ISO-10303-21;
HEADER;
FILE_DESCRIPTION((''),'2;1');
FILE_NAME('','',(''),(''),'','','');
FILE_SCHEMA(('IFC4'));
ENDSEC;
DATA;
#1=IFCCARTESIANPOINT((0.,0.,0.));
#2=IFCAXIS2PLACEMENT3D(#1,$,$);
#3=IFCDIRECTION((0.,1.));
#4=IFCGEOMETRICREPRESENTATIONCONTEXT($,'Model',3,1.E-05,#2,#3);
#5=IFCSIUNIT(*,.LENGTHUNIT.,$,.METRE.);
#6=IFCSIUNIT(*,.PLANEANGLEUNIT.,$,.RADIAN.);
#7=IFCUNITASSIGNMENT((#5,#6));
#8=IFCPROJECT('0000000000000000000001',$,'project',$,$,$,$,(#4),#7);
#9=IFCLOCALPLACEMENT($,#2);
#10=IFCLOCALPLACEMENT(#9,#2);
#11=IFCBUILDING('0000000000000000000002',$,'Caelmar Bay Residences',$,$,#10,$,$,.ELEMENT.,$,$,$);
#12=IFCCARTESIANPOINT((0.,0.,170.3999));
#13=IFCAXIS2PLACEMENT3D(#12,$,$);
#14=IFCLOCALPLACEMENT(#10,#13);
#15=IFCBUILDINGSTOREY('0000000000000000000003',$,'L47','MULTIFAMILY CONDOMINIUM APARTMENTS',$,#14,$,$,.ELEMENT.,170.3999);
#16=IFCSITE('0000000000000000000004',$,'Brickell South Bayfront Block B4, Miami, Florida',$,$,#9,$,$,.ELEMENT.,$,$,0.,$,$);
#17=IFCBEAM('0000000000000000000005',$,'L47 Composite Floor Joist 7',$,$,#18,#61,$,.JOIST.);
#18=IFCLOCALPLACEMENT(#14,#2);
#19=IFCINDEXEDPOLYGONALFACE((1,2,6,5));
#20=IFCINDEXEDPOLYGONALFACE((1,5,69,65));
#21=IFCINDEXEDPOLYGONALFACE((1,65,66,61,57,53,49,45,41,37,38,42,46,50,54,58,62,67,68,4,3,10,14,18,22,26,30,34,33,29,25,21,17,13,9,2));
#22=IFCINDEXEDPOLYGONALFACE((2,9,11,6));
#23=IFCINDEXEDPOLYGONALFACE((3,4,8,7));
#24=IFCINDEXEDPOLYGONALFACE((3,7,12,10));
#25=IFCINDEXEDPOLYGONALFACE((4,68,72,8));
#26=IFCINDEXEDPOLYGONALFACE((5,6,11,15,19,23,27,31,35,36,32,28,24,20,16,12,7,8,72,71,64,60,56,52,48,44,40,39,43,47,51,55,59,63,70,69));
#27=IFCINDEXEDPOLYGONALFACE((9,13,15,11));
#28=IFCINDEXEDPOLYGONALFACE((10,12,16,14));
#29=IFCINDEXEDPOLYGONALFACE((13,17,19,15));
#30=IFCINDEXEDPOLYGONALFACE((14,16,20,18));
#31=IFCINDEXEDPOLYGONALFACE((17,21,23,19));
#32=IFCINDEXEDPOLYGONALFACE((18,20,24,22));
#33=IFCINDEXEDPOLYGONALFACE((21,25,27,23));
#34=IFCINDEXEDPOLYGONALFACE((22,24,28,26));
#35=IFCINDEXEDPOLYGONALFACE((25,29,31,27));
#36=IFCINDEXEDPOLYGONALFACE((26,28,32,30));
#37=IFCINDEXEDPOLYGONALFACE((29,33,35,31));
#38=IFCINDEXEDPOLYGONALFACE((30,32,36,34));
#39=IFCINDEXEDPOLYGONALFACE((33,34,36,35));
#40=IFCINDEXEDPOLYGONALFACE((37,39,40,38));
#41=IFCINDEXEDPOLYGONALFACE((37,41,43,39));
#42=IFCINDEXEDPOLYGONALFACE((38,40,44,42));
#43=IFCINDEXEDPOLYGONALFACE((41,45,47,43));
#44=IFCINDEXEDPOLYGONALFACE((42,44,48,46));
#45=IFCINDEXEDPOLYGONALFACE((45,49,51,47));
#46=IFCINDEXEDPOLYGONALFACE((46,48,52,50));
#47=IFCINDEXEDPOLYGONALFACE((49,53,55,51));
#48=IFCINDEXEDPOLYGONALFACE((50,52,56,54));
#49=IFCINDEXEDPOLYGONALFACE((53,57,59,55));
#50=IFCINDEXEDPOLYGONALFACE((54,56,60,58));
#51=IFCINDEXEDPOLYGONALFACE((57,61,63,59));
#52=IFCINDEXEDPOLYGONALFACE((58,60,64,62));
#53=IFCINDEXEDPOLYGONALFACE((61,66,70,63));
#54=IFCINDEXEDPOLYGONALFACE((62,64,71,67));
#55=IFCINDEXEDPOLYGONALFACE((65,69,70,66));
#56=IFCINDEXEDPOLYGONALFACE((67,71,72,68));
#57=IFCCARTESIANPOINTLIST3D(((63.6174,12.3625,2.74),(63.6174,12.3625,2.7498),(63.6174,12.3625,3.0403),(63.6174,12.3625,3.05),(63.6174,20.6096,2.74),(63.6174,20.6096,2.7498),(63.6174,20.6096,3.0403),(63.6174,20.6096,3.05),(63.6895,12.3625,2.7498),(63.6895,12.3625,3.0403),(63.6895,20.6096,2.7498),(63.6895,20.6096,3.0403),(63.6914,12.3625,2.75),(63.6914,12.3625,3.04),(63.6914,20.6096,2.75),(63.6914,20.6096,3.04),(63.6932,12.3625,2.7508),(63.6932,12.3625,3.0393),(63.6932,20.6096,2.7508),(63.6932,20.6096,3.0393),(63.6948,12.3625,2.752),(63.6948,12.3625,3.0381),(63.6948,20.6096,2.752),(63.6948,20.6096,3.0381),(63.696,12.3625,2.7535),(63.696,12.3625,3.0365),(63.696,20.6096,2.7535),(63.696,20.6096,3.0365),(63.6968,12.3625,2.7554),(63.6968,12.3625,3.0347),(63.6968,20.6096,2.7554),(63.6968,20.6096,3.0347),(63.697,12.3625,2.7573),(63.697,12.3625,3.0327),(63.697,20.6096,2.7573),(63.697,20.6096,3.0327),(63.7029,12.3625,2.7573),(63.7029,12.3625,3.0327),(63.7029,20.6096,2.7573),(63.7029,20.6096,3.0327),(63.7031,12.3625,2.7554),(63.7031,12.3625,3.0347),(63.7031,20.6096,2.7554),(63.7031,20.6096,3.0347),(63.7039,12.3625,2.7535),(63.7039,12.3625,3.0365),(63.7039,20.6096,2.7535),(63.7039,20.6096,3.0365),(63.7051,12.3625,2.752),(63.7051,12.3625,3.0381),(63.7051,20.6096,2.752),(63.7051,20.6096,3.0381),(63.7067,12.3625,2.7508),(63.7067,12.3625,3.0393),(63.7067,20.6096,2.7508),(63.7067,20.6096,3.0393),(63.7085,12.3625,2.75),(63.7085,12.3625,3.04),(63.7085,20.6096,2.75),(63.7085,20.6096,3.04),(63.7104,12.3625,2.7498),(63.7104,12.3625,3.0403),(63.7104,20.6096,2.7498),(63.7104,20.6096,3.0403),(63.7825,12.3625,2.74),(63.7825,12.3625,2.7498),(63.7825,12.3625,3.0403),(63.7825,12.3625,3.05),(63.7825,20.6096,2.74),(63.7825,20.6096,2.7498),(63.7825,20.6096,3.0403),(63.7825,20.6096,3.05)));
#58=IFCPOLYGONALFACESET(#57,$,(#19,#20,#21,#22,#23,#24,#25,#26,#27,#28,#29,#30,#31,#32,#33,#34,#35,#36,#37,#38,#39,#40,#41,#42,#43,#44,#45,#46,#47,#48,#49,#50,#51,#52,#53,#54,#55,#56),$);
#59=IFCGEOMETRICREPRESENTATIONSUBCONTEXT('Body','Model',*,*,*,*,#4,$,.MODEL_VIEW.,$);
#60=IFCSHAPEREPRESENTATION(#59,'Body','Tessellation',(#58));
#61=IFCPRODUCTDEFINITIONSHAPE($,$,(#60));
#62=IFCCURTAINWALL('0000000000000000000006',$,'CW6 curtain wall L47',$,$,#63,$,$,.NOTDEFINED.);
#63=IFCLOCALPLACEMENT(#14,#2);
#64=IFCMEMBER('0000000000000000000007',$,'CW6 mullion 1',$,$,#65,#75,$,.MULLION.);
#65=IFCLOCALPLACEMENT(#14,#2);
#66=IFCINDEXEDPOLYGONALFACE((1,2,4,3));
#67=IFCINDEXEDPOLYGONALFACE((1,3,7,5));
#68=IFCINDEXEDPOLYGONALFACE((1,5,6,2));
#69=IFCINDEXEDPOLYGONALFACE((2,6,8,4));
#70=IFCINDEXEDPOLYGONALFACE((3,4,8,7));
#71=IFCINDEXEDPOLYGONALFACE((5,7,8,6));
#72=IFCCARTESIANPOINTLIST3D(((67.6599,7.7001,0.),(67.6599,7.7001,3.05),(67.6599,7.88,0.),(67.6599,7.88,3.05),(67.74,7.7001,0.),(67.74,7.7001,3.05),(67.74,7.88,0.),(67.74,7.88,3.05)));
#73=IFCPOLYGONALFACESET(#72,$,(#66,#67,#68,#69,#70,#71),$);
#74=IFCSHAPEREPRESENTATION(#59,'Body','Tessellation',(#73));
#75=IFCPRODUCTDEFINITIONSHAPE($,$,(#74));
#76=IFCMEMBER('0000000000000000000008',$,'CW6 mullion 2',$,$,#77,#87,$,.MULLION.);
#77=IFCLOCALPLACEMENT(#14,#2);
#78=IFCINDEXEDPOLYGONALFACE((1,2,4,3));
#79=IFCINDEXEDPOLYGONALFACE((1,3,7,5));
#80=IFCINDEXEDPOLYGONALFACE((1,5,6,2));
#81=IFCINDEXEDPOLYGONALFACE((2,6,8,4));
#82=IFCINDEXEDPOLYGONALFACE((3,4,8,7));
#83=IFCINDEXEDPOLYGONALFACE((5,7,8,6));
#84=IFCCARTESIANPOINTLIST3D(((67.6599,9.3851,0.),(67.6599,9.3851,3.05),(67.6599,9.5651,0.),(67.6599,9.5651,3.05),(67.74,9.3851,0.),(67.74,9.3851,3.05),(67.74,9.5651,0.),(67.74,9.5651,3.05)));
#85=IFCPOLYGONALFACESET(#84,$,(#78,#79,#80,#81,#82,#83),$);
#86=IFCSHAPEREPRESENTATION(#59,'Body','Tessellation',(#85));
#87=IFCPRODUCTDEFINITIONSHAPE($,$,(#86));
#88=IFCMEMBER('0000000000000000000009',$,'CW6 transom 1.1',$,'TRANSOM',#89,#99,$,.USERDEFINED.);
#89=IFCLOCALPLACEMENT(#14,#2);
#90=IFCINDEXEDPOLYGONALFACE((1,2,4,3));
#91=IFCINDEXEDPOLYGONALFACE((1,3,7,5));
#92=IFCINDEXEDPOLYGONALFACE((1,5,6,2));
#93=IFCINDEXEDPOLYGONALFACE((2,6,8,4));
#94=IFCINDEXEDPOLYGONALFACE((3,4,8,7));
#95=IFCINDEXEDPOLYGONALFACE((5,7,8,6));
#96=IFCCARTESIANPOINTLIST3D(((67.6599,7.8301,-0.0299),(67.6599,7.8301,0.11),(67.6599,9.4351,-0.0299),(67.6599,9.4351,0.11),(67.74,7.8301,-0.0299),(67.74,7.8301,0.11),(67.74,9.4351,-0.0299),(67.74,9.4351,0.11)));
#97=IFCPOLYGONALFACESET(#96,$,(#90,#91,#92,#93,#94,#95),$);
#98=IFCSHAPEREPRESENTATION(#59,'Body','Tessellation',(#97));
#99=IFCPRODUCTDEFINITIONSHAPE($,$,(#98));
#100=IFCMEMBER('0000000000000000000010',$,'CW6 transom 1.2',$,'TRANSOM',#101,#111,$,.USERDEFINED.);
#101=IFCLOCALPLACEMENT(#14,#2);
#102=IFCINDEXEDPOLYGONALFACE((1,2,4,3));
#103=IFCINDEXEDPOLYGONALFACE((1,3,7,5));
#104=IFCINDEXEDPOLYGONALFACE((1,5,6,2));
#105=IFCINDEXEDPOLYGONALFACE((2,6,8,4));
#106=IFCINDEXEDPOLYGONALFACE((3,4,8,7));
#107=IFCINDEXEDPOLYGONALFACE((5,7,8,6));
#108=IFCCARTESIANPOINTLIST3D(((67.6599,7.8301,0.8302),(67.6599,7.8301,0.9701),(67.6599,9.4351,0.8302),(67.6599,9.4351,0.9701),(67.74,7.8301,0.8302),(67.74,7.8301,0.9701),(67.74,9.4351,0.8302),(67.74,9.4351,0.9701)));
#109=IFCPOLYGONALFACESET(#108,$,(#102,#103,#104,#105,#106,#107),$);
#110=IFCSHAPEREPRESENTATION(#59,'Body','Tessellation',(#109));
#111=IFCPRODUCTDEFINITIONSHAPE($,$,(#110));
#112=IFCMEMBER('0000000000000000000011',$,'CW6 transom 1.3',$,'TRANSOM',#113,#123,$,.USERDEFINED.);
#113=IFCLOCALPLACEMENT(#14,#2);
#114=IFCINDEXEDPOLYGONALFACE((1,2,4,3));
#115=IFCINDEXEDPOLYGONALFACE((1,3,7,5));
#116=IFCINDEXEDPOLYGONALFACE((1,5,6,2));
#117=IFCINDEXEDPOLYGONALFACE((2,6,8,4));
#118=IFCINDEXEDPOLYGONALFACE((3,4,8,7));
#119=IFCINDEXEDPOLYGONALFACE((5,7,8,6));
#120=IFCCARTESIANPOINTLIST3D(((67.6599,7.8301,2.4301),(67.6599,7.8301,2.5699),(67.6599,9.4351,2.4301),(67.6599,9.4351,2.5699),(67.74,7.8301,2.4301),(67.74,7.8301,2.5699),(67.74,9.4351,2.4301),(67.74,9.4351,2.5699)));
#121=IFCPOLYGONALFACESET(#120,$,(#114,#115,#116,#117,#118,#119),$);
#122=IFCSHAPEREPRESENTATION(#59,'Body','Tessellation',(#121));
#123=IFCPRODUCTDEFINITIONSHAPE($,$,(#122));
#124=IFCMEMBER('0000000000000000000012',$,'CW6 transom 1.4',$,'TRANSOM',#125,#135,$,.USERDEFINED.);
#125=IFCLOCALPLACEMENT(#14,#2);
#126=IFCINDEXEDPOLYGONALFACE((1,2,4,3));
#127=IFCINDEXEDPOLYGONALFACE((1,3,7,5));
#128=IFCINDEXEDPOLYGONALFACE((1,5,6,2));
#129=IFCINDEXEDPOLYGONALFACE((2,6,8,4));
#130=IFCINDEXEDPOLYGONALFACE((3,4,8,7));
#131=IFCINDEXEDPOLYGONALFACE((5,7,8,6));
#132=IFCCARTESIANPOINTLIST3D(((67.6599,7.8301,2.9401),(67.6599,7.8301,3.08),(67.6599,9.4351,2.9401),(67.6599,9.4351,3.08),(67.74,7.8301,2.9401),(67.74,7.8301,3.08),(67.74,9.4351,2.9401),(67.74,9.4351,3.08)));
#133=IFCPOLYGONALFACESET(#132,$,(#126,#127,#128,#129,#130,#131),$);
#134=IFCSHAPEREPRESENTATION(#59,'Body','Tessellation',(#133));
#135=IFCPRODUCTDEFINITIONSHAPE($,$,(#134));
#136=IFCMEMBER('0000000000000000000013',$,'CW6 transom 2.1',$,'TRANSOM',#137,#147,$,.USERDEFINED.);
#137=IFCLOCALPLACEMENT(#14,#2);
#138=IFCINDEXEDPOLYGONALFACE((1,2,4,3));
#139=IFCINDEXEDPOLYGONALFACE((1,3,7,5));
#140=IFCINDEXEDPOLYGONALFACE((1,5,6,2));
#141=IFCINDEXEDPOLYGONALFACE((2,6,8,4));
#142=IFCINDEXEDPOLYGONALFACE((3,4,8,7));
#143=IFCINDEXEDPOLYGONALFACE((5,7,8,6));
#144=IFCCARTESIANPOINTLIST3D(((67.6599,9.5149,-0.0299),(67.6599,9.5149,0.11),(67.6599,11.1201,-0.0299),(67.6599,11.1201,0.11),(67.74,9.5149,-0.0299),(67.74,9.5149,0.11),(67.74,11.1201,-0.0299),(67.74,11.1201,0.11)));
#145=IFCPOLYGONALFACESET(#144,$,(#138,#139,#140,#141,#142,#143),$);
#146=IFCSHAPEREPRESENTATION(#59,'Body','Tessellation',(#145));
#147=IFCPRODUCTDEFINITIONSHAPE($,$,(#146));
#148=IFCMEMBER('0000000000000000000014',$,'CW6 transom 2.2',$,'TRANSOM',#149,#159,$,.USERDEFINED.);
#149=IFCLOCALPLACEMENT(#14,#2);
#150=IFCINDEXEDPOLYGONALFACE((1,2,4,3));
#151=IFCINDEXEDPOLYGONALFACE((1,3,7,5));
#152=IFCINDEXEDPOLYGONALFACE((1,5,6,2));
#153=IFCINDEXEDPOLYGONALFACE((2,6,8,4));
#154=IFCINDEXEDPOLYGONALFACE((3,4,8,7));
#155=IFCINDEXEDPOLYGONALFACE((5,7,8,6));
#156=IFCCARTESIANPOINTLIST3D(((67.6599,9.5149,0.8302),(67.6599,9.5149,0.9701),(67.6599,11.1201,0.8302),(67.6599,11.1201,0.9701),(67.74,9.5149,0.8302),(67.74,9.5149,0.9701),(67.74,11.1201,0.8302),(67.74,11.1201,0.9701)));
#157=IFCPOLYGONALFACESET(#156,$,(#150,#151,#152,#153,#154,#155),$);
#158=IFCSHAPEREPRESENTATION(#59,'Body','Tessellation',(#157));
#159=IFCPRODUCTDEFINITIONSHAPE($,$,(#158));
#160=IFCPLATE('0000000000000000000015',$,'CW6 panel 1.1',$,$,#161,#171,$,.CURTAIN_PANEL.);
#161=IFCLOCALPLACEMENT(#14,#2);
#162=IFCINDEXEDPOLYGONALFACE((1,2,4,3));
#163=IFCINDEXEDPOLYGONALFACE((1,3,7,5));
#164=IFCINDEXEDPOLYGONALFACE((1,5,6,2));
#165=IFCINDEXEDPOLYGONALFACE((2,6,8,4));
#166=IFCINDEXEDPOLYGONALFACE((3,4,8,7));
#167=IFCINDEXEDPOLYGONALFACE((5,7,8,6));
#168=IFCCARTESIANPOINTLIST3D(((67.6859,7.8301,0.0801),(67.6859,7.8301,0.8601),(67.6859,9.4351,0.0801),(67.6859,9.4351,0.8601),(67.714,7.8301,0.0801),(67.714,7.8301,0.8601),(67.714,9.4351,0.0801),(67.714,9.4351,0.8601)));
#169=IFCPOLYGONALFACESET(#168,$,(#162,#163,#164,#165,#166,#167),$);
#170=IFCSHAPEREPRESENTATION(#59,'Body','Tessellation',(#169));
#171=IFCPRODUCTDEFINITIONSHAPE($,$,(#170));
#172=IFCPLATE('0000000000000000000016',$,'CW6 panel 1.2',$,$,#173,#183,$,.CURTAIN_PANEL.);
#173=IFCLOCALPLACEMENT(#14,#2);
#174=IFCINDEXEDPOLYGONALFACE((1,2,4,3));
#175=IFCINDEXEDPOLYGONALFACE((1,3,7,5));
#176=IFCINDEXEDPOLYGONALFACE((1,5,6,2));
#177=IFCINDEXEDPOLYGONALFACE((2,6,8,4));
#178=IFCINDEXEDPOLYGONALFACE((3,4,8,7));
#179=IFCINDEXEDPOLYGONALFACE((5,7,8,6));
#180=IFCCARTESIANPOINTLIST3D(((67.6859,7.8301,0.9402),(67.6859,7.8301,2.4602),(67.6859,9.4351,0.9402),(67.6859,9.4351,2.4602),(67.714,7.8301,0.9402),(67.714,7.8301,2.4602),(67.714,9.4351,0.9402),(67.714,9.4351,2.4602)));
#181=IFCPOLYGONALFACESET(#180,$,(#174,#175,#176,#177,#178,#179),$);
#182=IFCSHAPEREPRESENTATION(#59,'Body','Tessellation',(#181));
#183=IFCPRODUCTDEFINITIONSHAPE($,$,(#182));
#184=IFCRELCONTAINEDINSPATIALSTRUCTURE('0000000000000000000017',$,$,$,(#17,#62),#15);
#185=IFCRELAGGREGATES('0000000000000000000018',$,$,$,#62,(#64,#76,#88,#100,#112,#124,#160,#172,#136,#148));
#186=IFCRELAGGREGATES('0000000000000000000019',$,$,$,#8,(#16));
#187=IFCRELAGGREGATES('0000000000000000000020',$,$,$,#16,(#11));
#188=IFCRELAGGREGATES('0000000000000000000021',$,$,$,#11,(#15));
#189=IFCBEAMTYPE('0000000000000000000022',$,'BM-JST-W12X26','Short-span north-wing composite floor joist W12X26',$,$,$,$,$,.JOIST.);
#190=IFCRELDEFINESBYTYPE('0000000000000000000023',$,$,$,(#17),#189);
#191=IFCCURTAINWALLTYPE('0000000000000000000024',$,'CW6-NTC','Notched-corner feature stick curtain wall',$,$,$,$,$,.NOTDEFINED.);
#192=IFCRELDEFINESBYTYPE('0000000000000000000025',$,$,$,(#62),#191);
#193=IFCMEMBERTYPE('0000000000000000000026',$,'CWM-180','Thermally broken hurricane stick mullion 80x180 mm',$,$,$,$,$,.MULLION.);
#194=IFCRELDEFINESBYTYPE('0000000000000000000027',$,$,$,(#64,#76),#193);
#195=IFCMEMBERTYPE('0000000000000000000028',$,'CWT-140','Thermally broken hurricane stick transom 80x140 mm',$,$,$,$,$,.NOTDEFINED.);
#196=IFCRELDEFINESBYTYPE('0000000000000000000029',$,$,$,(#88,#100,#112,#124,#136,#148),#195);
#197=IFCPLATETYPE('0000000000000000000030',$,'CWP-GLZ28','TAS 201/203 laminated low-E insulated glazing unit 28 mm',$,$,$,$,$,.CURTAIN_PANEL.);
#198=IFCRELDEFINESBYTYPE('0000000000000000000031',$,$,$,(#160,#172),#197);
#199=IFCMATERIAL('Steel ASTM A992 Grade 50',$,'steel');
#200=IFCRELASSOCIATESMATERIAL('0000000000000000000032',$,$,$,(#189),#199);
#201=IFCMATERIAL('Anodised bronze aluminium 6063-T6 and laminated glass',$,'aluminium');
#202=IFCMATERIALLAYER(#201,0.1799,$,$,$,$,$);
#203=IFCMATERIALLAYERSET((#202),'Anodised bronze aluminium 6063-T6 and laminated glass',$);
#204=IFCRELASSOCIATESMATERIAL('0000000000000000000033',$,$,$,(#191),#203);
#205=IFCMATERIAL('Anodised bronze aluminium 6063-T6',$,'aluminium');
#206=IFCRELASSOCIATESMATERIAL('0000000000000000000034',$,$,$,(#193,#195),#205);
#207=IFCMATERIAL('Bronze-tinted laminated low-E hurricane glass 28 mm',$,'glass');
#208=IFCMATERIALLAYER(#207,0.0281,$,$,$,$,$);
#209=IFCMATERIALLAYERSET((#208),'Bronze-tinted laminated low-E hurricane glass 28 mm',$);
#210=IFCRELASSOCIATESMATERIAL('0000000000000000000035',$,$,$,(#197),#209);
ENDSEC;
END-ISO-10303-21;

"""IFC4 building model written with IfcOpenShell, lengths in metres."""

from ifc_helpers import new_model, si_unit, direction, frame, origin, origin_2d, place, context, subcontext, project, spatial, rectangle, i_section, extrude, material, layer, layer_set, material_profile, profile_set, type_object, element, aggregate, save


model = new_model("IFC4")

# Units and contexts
model_context = context("Model", 3, precision=1e-05, world=origin(), true_north=direction((0.0, 1.0)))
body_context = subcontext(model_context, "Body", "Model", "MODEL_VIEW")
ifc_project = project(units=[si_unit("LENGTHUNIT", "METRE"), si_unit("PLANEANGLEUNIT", "RADIAN")], contexts=[model_context])

# Site, building, storey
site_placement = place(None, origin())
site = spatial("IfcSite", under=ifc_project, at=site_placement, Name="Brickell South Bayfront Block B4, Miami, Florida", CompositionType="ELEMENT", RefElevation=0.0)
building_placement = place(site_placement, origin())
building = spatial("IfcBuilding", under=site, at=building_placement, Name="Caelmar Bay Residences", CompositionType="ELEMENT")
storey_placement = place(building_placement, frame((0.0, 0.0, 170.3999)))
storey = spatial("IfcBuildingStorey", under=building, at=storey_placement, Name="L47", Description="MULTIFAMILY CONDOMINIUM APARTMENTS", CompositionType="ELEMENT", Elevation=170.3999)

# Beam
ifc_material_1 = material(Name="Steel ASTM A992 Grade 50", Category="steel")
ifc_material_profile_1 = material_profile(ifc_material_1, i_section(OverallWidth=0.165, OverallDepth=0.3101, WebThickness=0.0059, FlangeThickness=0.0098, FilletRadius=0.0076, at=origin_2d()), Name="W12X26")
ifc_profile_set_1 = profile_set([ifc_material_profile_1], Name="Steel ASTM A992 Grade 50")
beam_type = type_object("IfcBeamType", Name="BM-JST-W12X26", Description="Short-span north-wing composite floor joist W12X26", PredefinedType="JOIST", material=ifc_profile_set_1)
beam_placement = place(storey_placement, frame((63.7, 12.3625, 2.895), z_axis=(0.0, 1.0, 0.0), x_axis=(-1.0, 0.0, 0.0)))
element("IfcBeam", 1, at=beam_placement, inside=storey, type_object=beam_type, Name="L47 Composite Floor Joist 7", PredefinedType="JOIST", context=body_context, shape_type="SweptSolid", body=[
    extrude(i_section(OverallWidth=0.165, OverallDepth=0.3101, WebThickness=0.0059, FlangeThickness=0.0098, FilletRadius=0.0076, at=origin_2d()), origin(), (0.0, 0.0, 1.0), 8.2471),
])

# Curtain wall, members, plates
ifc_material_2 = material(Name="Anodised bronze aluminium 6063-T6 and laminated glass", Category="aluminium")
ifc_layer_1 = layer(ifc_material_2, 0.1799)
ifc_layer_set_1 = layer_set([ifc_layer_1], Name="Anodised bronze aluminium 6063-T6 and laminated glass")
curtain_wall_type = type_object("IfcCurtainWallType", Name="CW6-NTC", Description="Notched-corner feature stick curtain wall", PredefinedType="NOTDEFINED", material=ifc_layer_set_1)
curtain_wall_placement = place(storey_placement, origin())
curtain_wall = element("IfcCurtainWall", 2, at=curtain_wall_placement, inside=storey, type_object=curtain_wall_type, Name="CW6 curtain wall L47", PredefinedType="NOTDEFINED")
ifc_material_3 = material(Name="Anodised bronze aluminium 6063-T6", Category="aluminium")
ifc_material_profile_2 = material_profile(ifc_material_3, rectangle(XDim=0.0801, YDim=0.1799, at=origin_2d()), Name="CWM-80X180")
ifc_profile_set_2 = profile_set([ifc_material_profile_2], Name="Anodised bronze aluminium 6063-T6")
member_type_1 = type_object("IfcMemberType", Name="CWM-180", Description="Thermally broken hurricane stick mullion 80x180 mm", PredefinedType="MULLION", material=ifc_profile_set_2)
member_1_placement = place(storey_placement, frame((67.7, 7.79, 0.0), z_axis=(0.0, 0.0, 1.0), x_axis=(-1.0, 0.0, 0.0)))
member_1 = element("IfcMember", 3, at=member_1_placement, type_object=member_type_1, Name="CW6 mullion 1", PredefinedType="MULLION", context=body_context, shape_type="SweptSolid", body=[
    extrude(rectangle(XDim=0.0801, YDim=0.1799, at=origin_2d()), origin(), (0.0, 0.0, 1.0), 3.05),
])
member_2_placement = place(storey_placement, frame((67.7, 9.4751, 0.0), z_axis=(0.0, 0.0, 1.0), x_axis=(-1.0, 0.0, 0.0)))
member_2 = element("IfcMember", 4, at=member_2_placement, type_object=member_type_1, Name="CW6 mullion 2", PredefinedType="MULLION", context=body_context, shape_type="SweptSolid", body=[
    extrude(rectangle(XDim=0.0801, YDim=0.1799, at=origin_2d()), origin(), (0.0, 0.0, 1.0), 3.05),
])
ifc_material_profile_3 = material_profile(ifc_material_3, rectangle(XDim=0.0801, YDim=0.1399, at=origin_2d()), Name="CWT-80X140")
ifc_profile_set_3 = profile_set([ifc_material_profile_3], Name="Anodised bronze aluminium 6063-T6")
member_type_2 = type_object("IfcMemberType", Name="CWT-140", Description="Thermally broken hurricane stick transom 80x140 mm", PredefinedType="NOTDEFINED", material=ifc_profile_set_3)
member_3_placement = place(storey_placement, frame((67.7, 7.8301, 0.04), z_axis=(0.0, 1.0, 0.0), x_axis=(-1.0, 0.0, 0.0)))
member_3 = element("IfcMember", 5, at=member_3_placement, type_object=member_type_2, Name="CW6 transom 1.1", ObjectType="TRANSOM", PredefinedType="USERDEFINED", context=body_context, shape_type="SweptSolid", body=[
    extrude(rectangle(XDim=0.0801, YDim=0.1399, at=origin_2d()), origin(), (0.0, 0.0, 1.0), 1.605),
])
member_4_placement = place(storey_placement, frame((67.7, 7.8301, 0.9001), z_axis=(0.0, 1.0, 0.0), x_axis=(-1.0, 0.0, 0.0)))
member_4 = element("IfcMember", 6, at=member_4_placement, type_object=member_type_2, Name="CW6 transom 1.2", ObjectType="TRANSOM", PredefinedType="USERDEFINED", context=body_context, shape_type="SweptSolid", body=[
    extrude(rectangle(XDim=0.0801, YDim=0.1399, at=origin_2d()), origin(), (0.0, 0.0, 1.0), 1.605),
])
member_5_placement = place(storey_placement, frame((67.7, 7.8301, 2.5), z_axis=(0.0, 1.0, 0.0), x_axis=(-1.0, 0.0, 0.0)))
member_5 = element("IfcMember", 7, at=member_5_placement, type_object=member_type_2, Name="CW6 transom 1.3", ObjectType="TRANSOM", PredefinedType="USERDEFINED", context=body_context, shape_type="SweptSolid", body=[
    extrude(rectangle(XDim=0.0801, YDim=0.1399, at=origin_2d()), origin(), (0.0, 0.0, 1.0), 1.605),
])
member_6_placement = place(storey_placement, frame((67.7, 7.8301, 3.01), z_axis=(0.0, 1.0, 0.0), x_axis=(-1.0, 0.0, 0.0)))
member_6 = element("IfcMember", 8, at=member_6_placement, type_object=member_type_2, Name="CW6 transom 1.4", ObjectType="TRANSOM", PredefinedType="USERDEFINED", context=body_context, shape_type="SweptSolid", body=[
    extrude(rectangle(XDim=0.0801, YDim=0.1399, at=origin_2d()), origin(), (0.0, 0.0, 1.0), 1.605),
])
member_7_placement = place(storey_placement, frame((67.7, 9.5149, 0.04), z_axis=(0.0, 1.0, 0.0), x_axis=(-1.0, 0.0, 0.0)))
member_7 = element("IfcMember", 9, at=member_7_placement, type_object=member_type_2, Name="CW6 transom 2.1", ObjectType="TRANSOM", PredefinedType="USERDEFINED", context=body_context, shape_type="SweptSolid", body=[
    extrude(rectangle(XDim=0.0801, YDim=0.1399, at=origin_2d()), origin(), (0.0, 0.0, 1.0), 1.6052),
])
member_8_placement = place(storey_placement, frame((67.7, 9.5149, 0.9001), z_axis=(0.0, 1.0, 0.0), x_axis=(-1.0, 0.0, 0.0)))
member_8 = element("IfcMember", 10, at=member_8_placement, type_object=member_type_2, Name="CW6 transom 2.2", ObjectType="TRANSOM", PredefinedType="USERDEFINED", context=body_context, shape_type="SweptSolid", body=[
    extrude(rectangle(XDim=0.0801, YDim=0.1399, at=origin_2d()), origin(), (0.0, 0.0, 1.0), 1.6052),
])
ifc_material_4 = material(Name="Bronze-tinted laminated low-E hurricane glass 28 mm", Category="glass")
ifc_layer_2 = layer(ifc_material_4, 0.0281)
ifc_layer_set_2 = layer_set([ifc_layer_2], Name="Bronze-tinted laminated low-E hurricane glass 28 mm")
plate_type = type_object("IfcPlateType", Name="CWP-GLZ28", Description="TAS 201/203 laminated low-E insulated glazing unit 28 mm", PredefinedType="CURTAIN_PANEL", material=ifc_layer_set_2)
plate_1_placement = place(storey_placement, frame((67.7, 8.6326, 0.0801), z_axis=(0.0, 0.0, 1.0), x_axis=(0.0, 1.0, 0.0)))
plate_1 = element("IfcPlate", 11, at=plate_1_placement, type_object=plate_type, Name="CW6 panel 1.1", PredefinedType="CURTAIN_PANEL", context=body_context, shape_type="SweptSolid", body=[
    extrude(rectangle(XDim=1.605, YDim=0.0281, at=origin_2d()), origin(), (0.0, 0.0, 1.0), 0.78),
])
plate_2_placement = place(storey_placement, frame((67.7, 8.6326, 0.9402), z_axis=(0.0, 0.0, 1.0), x_axis=(0.0, 1.0, 0.0)))
plate_2 = element("IfcPlate", 12, at=plate_2_placement, type_object=plate_type, Name="CW6 panel 1.2", PredefinedType="CURTAIN_PANEL", context=body_context, shape_type="SweptSolid", body=[
    extrude(rectangle(XDim=1.605, YDim=0.0281, at=origin_2d()), origin(), (0.0, 0.0, 1.0), 1.52),
])
aggregate(curtain_wall, [member_1, member_2, member_3, member_4, member_5, member_6, plate_1, plate_2, member_7, member_8])

save(model, "model.ifc")
